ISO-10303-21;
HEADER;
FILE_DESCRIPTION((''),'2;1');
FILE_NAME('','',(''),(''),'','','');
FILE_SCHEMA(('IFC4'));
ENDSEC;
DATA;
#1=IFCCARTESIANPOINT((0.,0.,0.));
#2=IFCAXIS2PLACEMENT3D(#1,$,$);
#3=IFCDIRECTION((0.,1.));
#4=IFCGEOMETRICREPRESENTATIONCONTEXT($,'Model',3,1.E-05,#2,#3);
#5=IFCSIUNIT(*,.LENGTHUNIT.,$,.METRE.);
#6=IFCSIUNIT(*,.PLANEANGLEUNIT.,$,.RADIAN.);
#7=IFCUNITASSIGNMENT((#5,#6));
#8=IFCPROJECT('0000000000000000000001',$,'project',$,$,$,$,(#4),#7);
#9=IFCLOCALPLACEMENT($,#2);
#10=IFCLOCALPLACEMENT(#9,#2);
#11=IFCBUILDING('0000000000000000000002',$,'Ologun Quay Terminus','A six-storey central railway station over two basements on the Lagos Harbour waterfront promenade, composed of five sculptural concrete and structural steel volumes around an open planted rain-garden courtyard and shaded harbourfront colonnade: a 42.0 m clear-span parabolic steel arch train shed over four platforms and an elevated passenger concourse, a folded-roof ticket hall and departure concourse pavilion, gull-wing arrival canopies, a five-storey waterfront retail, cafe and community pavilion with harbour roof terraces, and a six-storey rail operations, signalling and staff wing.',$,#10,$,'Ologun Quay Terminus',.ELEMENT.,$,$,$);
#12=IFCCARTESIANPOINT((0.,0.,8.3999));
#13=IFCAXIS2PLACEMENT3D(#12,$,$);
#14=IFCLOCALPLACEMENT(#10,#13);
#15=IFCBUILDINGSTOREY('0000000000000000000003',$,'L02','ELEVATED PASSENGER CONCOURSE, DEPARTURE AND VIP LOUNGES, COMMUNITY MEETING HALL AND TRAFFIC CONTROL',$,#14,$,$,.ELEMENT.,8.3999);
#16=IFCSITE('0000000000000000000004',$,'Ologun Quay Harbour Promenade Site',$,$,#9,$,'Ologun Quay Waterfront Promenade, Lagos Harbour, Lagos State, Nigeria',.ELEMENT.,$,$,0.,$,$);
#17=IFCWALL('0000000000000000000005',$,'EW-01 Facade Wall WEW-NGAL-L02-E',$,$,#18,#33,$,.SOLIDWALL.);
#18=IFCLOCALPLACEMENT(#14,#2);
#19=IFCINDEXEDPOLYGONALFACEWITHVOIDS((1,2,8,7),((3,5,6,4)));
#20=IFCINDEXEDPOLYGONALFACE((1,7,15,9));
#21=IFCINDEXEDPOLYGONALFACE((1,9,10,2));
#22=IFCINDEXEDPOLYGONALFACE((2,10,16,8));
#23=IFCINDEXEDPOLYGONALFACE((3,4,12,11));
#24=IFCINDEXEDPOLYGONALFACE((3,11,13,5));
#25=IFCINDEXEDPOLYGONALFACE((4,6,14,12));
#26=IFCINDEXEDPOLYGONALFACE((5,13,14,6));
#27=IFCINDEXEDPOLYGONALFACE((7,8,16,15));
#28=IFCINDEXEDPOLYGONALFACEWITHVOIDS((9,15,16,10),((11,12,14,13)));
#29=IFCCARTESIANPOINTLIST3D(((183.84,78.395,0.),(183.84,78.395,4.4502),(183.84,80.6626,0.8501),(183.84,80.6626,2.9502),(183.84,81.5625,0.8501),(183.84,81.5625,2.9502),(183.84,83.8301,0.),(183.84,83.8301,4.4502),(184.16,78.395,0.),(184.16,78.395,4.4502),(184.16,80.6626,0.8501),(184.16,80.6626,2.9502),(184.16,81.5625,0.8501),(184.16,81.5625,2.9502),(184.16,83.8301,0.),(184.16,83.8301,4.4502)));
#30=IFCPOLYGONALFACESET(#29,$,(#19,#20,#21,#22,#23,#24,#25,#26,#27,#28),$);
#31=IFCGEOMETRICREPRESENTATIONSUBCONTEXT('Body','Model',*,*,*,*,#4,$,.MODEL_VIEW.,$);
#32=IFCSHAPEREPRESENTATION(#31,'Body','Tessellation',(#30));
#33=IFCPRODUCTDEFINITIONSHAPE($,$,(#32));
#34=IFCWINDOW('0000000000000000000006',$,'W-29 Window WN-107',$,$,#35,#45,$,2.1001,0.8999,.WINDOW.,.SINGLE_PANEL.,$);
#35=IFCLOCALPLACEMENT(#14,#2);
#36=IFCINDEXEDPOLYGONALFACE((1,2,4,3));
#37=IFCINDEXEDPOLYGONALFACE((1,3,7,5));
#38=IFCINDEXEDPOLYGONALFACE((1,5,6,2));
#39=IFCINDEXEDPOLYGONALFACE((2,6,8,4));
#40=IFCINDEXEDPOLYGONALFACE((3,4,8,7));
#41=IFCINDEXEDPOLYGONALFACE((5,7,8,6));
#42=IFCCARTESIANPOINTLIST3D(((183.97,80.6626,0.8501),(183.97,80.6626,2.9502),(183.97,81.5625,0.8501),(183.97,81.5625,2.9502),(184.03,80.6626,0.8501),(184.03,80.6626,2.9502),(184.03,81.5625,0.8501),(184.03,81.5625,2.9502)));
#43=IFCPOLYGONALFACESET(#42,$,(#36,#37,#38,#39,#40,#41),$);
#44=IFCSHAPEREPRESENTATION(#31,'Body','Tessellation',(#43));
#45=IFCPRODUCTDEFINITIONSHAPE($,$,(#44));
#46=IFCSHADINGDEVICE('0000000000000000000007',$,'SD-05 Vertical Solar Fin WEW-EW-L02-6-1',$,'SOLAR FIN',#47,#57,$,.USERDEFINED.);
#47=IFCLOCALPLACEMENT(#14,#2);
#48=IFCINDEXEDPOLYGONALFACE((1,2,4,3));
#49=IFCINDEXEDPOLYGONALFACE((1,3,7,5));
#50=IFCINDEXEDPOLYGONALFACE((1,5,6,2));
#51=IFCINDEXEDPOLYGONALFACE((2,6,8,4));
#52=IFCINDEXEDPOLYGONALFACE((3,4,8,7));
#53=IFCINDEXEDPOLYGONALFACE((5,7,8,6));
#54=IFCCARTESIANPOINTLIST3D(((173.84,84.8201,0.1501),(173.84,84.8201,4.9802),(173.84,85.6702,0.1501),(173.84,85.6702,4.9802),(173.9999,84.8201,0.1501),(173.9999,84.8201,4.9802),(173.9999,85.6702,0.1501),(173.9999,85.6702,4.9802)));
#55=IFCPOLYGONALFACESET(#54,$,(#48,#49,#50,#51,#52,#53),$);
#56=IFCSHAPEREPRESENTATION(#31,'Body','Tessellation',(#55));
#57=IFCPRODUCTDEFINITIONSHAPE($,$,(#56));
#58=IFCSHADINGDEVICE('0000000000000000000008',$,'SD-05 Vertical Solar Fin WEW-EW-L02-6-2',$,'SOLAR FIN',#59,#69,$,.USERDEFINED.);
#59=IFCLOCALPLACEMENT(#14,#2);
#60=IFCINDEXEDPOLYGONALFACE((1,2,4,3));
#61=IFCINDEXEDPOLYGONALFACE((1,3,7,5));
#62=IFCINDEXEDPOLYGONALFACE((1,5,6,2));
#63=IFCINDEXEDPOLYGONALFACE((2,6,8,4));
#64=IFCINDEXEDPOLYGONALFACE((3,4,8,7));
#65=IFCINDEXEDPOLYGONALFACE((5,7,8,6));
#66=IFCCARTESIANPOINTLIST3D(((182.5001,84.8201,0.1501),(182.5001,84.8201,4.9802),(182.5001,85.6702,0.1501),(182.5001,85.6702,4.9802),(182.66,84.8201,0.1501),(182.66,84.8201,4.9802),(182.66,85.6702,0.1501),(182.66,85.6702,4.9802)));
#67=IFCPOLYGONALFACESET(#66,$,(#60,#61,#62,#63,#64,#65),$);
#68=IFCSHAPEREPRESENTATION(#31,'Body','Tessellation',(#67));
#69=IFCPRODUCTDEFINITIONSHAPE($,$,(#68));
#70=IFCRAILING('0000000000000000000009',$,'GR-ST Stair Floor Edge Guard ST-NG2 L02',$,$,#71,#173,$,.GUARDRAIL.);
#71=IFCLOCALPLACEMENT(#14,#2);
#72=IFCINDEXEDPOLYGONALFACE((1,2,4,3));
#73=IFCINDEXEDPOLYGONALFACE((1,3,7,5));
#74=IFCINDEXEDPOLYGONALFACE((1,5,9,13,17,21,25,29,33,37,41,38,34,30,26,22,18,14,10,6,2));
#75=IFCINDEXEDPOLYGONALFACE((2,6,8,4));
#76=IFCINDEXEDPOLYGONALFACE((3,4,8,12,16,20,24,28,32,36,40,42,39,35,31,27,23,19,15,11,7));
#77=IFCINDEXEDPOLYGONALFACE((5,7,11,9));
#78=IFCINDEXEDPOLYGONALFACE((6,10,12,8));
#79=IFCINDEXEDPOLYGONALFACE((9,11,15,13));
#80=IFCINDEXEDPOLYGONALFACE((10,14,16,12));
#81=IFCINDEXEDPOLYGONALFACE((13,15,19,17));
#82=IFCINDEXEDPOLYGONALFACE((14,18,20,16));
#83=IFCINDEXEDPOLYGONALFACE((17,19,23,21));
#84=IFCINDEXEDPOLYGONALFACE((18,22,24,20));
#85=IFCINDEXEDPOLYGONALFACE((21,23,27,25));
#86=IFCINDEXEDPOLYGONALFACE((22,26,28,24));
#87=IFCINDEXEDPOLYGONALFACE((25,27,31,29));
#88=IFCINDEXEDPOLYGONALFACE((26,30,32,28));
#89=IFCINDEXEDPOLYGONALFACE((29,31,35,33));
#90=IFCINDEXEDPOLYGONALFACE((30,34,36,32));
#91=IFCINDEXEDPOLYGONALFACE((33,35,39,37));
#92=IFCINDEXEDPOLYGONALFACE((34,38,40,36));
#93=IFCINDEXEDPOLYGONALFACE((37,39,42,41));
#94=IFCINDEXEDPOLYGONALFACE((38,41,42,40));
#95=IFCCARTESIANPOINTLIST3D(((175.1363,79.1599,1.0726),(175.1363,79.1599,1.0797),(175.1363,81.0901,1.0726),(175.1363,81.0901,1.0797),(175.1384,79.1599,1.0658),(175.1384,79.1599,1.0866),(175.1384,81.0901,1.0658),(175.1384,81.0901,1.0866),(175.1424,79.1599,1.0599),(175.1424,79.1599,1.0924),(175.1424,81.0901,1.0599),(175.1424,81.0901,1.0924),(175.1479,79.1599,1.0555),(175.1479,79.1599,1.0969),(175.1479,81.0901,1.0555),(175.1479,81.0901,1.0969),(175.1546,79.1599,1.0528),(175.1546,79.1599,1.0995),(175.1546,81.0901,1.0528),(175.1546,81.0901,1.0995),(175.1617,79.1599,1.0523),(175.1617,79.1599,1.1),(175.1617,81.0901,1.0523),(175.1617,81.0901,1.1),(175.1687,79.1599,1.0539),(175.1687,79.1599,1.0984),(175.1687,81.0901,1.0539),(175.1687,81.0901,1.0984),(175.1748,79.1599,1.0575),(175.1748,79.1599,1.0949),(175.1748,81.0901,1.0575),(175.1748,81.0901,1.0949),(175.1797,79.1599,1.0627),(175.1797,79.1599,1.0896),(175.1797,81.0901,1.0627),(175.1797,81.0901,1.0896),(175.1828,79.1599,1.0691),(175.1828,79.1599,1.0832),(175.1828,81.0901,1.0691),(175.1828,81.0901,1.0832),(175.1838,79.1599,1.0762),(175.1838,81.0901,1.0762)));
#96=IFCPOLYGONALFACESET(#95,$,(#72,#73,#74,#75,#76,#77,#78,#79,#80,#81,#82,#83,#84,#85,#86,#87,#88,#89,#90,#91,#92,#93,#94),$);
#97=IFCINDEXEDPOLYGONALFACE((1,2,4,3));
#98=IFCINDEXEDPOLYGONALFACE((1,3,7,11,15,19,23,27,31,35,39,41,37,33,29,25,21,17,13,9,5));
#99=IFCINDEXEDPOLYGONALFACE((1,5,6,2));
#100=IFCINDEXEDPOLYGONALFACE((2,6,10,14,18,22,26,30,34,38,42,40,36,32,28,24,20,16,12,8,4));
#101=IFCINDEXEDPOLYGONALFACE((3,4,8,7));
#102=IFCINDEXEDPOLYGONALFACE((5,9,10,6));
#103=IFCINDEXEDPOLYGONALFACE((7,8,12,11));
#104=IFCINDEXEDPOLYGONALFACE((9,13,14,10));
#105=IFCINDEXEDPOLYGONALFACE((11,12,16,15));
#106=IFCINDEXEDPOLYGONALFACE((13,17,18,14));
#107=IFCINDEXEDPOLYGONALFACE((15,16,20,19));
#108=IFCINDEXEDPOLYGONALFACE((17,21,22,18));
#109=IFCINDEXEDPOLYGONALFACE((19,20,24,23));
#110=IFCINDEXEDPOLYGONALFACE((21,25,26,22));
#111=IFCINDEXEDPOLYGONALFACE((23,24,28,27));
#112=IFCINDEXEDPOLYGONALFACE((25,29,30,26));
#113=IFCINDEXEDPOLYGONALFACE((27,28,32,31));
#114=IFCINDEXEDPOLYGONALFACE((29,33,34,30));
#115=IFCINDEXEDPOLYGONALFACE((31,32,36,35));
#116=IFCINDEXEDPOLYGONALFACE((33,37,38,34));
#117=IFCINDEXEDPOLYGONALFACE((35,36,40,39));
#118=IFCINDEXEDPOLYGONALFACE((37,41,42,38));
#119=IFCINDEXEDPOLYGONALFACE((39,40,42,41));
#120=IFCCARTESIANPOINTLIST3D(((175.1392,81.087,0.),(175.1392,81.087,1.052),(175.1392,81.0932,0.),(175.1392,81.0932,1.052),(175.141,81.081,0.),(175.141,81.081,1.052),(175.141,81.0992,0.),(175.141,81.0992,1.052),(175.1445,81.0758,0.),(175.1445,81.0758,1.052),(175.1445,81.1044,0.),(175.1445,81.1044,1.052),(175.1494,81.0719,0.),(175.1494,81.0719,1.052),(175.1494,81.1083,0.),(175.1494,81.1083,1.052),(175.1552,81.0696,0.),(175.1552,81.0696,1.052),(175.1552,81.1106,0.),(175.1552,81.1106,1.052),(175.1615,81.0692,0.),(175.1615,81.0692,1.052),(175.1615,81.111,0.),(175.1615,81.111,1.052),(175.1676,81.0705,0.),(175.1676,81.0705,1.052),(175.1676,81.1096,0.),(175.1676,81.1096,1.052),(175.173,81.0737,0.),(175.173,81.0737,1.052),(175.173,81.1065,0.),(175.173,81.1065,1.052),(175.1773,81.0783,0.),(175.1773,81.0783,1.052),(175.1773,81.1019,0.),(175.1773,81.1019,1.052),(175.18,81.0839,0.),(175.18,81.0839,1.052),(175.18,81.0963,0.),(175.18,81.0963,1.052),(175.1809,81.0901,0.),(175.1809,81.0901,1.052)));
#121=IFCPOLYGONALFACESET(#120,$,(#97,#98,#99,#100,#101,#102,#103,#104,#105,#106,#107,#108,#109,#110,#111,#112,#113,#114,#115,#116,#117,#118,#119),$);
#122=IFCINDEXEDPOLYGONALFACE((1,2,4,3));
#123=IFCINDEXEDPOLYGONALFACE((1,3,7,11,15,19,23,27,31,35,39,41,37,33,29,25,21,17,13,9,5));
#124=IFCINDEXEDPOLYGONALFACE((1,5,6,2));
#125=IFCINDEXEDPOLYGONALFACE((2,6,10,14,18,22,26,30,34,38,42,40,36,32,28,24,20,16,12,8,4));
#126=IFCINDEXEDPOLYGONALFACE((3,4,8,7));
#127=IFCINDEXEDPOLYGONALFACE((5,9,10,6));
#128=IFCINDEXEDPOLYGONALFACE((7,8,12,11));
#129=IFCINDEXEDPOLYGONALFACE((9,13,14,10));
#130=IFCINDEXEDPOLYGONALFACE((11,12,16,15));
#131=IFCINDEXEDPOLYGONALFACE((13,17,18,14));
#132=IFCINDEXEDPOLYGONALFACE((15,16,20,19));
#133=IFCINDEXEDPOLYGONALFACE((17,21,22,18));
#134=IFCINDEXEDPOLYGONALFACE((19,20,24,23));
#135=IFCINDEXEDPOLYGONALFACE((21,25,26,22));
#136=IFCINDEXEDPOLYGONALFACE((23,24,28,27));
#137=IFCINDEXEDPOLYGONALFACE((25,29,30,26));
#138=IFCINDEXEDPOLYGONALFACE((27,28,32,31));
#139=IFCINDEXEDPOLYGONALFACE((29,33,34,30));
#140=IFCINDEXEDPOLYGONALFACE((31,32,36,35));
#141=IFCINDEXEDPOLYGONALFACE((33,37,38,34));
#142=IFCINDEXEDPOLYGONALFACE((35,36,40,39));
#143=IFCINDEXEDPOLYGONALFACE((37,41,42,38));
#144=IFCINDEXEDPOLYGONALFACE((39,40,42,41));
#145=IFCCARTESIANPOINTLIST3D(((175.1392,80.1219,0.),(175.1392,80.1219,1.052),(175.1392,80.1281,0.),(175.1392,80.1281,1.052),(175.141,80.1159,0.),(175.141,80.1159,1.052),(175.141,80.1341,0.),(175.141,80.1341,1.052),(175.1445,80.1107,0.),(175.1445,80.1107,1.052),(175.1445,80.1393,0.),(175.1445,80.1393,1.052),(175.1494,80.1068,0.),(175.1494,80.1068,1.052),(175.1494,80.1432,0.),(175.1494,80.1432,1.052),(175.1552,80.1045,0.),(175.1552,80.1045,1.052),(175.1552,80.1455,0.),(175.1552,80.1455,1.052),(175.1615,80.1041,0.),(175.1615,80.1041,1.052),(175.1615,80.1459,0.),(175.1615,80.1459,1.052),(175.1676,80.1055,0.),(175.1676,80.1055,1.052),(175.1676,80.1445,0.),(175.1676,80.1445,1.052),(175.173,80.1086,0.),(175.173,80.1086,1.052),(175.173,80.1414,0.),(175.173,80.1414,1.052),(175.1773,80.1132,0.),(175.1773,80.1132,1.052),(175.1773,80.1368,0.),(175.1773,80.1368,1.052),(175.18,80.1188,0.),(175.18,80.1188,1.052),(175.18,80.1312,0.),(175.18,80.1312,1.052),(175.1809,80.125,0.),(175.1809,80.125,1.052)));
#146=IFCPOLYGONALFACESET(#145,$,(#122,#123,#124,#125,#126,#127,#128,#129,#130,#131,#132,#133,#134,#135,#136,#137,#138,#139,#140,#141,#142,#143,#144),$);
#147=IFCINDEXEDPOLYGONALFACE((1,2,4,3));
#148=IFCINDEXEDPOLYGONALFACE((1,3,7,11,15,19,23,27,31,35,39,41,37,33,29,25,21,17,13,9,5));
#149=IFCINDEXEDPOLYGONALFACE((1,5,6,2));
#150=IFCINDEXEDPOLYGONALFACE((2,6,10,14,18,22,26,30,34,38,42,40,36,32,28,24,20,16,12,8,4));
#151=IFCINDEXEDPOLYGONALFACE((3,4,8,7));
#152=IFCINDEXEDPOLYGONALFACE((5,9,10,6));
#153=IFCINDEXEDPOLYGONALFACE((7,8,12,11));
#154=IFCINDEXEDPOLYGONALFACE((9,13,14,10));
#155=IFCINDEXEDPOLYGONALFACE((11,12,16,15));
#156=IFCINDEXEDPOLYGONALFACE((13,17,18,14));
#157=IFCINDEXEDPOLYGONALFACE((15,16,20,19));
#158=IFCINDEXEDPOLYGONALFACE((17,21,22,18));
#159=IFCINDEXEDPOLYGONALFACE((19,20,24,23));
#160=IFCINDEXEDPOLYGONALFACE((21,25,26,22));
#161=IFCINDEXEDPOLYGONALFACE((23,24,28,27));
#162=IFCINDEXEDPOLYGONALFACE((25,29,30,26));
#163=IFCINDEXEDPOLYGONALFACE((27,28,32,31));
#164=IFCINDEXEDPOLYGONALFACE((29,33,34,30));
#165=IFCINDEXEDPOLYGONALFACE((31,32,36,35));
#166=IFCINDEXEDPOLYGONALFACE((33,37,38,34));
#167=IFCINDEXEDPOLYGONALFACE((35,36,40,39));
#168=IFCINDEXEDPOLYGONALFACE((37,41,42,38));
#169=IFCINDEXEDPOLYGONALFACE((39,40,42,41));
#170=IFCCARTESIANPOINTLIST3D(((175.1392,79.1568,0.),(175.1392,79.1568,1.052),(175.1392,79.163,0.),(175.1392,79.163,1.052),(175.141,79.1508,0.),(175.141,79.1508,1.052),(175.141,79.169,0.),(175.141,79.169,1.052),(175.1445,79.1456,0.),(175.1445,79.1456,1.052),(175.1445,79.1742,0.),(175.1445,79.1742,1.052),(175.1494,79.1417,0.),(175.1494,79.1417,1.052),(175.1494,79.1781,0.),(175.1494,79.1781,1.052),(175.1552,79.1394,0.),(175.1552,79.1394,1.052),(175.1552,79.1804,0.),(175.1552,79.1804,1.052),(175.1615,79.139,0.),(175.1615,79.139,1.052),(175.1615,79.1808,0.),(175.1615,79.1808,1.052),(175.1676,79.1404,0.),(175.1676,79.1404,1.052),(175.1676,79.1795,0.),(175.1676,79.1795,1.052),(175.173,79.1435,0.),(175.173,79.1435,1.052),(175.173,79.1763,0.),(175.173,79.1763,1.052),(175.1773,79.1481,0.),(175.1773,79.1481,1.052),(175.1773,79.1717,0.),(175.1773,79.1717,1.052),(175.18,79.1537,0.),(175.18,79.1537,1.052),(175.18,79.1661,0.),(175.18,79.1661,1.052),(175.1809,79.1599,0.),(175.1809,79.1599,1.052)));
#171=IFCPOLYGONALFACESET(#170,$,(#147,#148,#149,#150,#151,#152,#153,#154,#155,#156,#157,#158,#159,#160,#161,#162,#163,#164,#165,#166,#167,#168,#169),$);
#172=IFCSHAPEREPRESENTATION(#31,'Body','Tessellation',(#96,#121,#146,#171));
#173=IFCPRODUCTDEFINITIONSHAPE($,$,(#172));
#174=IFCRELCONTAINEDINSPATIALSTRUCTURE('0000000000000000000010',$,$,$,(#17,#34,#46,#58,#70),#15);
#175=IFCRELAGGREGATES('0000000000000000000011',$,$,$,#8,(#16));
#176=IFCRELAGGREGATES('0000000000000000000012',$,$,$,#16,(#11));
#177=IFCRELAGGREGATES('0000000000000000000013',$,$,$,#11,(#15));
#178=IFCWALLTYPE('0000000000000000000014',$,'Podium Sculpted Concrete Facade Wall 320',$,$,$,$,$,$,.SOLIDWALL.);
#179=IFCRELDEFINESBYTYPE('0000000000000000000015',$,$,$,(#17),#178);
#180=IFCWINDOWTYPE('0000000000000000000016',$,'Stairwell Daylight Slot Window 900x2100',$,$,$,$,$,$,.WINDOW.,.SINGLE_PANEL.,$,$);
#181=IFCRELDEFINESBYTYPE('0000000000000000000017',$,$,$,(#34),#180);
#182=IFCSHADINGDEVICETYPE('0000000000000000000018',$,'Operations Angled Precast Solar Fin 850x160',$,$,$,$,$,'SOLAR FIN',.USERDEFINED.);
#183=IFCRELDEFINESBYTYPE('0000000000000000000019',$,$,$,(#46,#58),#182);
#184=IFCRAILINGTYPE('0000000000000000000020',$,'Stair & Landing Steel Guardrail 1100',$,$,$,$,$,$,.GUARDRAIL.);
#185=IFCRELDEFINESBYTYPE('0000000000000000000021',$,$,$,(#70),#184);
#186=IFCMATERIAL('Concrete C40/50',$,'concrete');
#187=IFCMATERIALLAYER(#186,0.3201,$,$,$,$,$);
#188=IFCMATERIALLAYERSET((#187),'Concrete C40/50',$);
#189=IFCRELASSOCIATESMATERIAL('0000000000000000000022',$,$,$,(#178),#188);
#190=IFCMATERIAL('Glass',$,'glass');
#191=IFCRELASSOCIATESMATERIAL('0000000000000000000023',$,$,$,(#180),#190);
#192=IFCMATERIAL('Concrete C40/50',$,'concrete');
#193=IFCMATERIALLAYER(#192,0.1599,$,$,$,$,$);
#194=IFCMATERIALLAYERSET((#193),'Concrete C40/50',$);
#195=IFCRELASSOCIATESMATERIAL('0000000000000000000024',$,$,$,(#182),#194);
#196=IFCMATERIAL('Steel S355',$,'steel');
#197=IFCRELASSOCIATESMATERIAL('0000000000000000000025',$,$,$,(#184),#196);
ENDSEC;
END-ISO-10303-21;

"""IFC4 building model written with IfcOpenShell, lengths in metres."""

from ifc_helpers import new_model, si_unit, direction, frame, frame_2d, origin, origin_2d, place, context, subcontext, project, spatial, rectangle, circle, extrude, material, layer, layer_set, type_object, element, fill, save


model = new_model("IFC4")

# Units and contexts
model_context = context("Model", 3, precision=1e-05, world=origin(), true_north=direction((0.0, 1.0)))
body_context = subcontext(model_context, "Body", "Model", "MODEL_VIEW")
ifc_project = project(units=[si_unit("LENGTHUNIT", "METRE"), si_unit("PLANEANGLEUNIT", "RADIAN")], contexts=[model_context])

# Site, building, storey
site_placement = place(None, origin())
site = spatial("IfcSite", under=ifc_project, at=site_placement, Name="Ologun Quay Harbour Promenade Site", LongName="Ologun Quay Waterfront Promenade, Lagos Harbour, Lagos State, Nigeria", CompositionType="ELEMENT", RefElevation=0.0)
building_placement = place(site_placement, origin())
building = spatial("IfcBuilding", under=site, at=building_placement, Name="Ologun Quay Terminus", Description="A six-storey central railway station over two basements on the Lagos Harbour waterfront promenade, composed of five sculptural concrete and structural steel volumes around an open planted rain-garden courtyard and shaded harbourfront colonnade: a 42.0 m clear-span parabolic steel arch train shed over four platforms and an elevated passenger concourse, a folded-roof ticket hall and departure concourse pavilion, gull-wing arrival canopies, a five-storey waterfront retail, cafe and community pavilion with harbour roof terraces, and a six-storey rail operations, signalling and staff wing.", LongName="Ologun Quay Terminus", CompositionType="ELEMENT")
storey_placement = place(building_placement, frame((0.0, 0.0, 8.3999)))
storey = spatial("IfcBuildingStorey", under=building, at=storey_placement, Name="L02", Description="ELEVATED PASSENGER CONCOURSE, DEPARTURE AND VIP LOUNGES, COMMUNITY MEETING HALL AND TRAFFIC CONTROL", CompositionType="ELEMENT", Elevation=8.3999)

# Wall, opening, window
ifc_material_1 = material(Name="Concrete C40/50", Category="concrete")
ifc_layer_1 = layer(ifc_material_1, 0.3201)
ifc_layer_set_1 = layer_set([ifc_layer_1], Name="Concrete C40/50")
wall_type_1 = type_object("IfcWallType", Name="Podium Sculpted Concrete Facade Wall 320", PredefinedType="SOLIDWALL", material=ifc_layer_set_1)
wall_1_placement = place(storey_placement, frame((184.0, 78.395, 0.0), z_axis=(0.0, 0.0, 1.0), x_axis=(0.0, 1.0, 0.0)))
wall_1 = element("IfcWall", 1, at=wall_1_placement, inside=storey, type_object=wall_type_1, Name="EW-01 Facade Wall WEW-NGAL-L02-E", PredefinedType="SOLIDWALL", context=body_context, shape_type="SweptSolid", body=[
    extrude(rectangle(XDim=5.4351, YDim=0.3201, at=frame_2d((2.7175, 0.0))), origin(), (0.0, 0.0, 1.0), 4.4502),
])
opening_1_placement = place(wall_1_placement, frame((2.2676, 0.0, 0.8501)))
opening_1 = element("IfcOpeningElement", 2, at=opening_1_placement, cuts=wall_1, PredefinedType="OPENING", context=body_context, shape_type="SweptSolid", body=[
    extrude(rectangle(XDim=0.8999, YDim=2.1001, at=frame_2d((0.45, 1.05))), frame((0.0, 0.1699, 0.0), z_axis=(0.0, -1.0, 0.0), x_axis=(1.0, 0.0, 0.0)), (0.0, 0.0, 1.0), 0.3401),
])
ifc_material_2 = material(Name="Glass", Category="glass")
window_type = type_object("IfcWindowType", Name="Stairwell Daylight Slot Window 900x2100", PartitioningType="SINGLE_PANEL", PredefinedType="WINDOW", material=ifc_material_2)
window_placement = place(opening_1_placement, origin())
window = element("IfcWindow", 3, at=window_placement, inside=storey, type_object=window_type, Name="W-29 Window WN-107", OverallHeight=2.1001, OverallWidth=0.8999, PartitioningType="SINGLE_PANEL", PredefinedType="WINDOW", context=body_context, shape_type="SweptSolid", body=[
    extrude(rectangle(XDim=0.8999, YDim=2.1001, at=frame_2d((0.45, 1.05))), frame((0.0, 0.03, 0.0), z_axis=(0.0, -1.0, 0.0), x_axis=(1.0, 0.0, 0.0)), (0.0, 0.0, 1.0), 0.0601),
])
fill(opening_1, window)

# Shading devices
ifc_material_3 = material(Name="Concrete C40/50", Category="concrete")
ifc_layer_2 = layer(ifc_material_3, 0.1599)
ifc_layer_set_2 = layer_set([ifc_layer_2], Name="Concrete C40/50")
shading_device_type = type_object("IfcShadingDeviceType", Name="Operations Angled Precast Solar Fin 850x160", ElementType="SOLAR FIN", PredefinedType="USERDEFINED", material=ifc_layer_set_2)
for number, where, z_axis, x_axis, name in (
    (4, (173.9199, 85.2451, 0.1501), (0.0, 0.0, 1.0), (1.0, 0.0, 0.0), "SD-05 Vertical Solar Fin WEW-EW-L02-6-1"),
    (5, (182.5801, 85.2451, 0.1501), (0.0, 0.0, 1.0), (1.0, 0.0, 0.0), "SD-05 Vertical Solar Fin WEW-EW-L02-6-2"),
):
    element("IfcShadingDevice", number, at=place(storey_placement, frame(where, z_axis=z_axis, x_axis=x_axis)), inside=storey, type_object=shading_device_type, Name=name, ObjectType="SOLAR FIN", PredefinedType="USERDEFINED", context=body_context, shape_type="SweptSolid", body=[
        extrude(rectangle(XDim=0.1599, YDim=0.8501, at=origin_2d()), origin(), (0.0, 0.0, 1.0), 4.8301),
    ])

# Railing
ifc_material_4 = material(Name="Steel S355", Category="steel")
railing_type_1 = type_object("IfcRailingType", Name="Stair & Landing Steel Guardrail 1100", PredefinedType="GUARDRAIL", material=ifc_material_4)
railing_1_placement = place(storey_placement, frame((175.1599, 81.0901, 0.0)))
element("IfcRailing", 6, at=railing_1_placement, inside=storey, type_object=railing_type_1, Name="GR-ST Stair Floor Edge Guard ST-NG2 L02", PredefinedType="GUARDRAIL", context=body_context, shape_type="SweptSolid", body=[
    extrude(circle(Radius=0.0239, at=origin_2d()), frame((0.0, 0.0, 1.0762), z_axis=(0.0, -1.0, 0.0), x_axis=(1.0, 0.0, 0.0)), (0.0, 0.0, 1.0), 1.9302),
    extrude(circle(Radius=0.021, at=origin_2d()), origin(), (0.0, 0.0, 1.0), 1.052),
    extrude(circle(Radius=0.021, at=origin_2d()), frame((0.0, -0.9651, 0.0)), (0.0, 0.0, 1.0), 1.052),
    extrude(circle(Radius=0.021, at=origin_2d()), frame((0.0, -1.9302, 0.0)), (0.0, 0.0, 1.0), 1.052),
])

save(model, "model.ifc")
